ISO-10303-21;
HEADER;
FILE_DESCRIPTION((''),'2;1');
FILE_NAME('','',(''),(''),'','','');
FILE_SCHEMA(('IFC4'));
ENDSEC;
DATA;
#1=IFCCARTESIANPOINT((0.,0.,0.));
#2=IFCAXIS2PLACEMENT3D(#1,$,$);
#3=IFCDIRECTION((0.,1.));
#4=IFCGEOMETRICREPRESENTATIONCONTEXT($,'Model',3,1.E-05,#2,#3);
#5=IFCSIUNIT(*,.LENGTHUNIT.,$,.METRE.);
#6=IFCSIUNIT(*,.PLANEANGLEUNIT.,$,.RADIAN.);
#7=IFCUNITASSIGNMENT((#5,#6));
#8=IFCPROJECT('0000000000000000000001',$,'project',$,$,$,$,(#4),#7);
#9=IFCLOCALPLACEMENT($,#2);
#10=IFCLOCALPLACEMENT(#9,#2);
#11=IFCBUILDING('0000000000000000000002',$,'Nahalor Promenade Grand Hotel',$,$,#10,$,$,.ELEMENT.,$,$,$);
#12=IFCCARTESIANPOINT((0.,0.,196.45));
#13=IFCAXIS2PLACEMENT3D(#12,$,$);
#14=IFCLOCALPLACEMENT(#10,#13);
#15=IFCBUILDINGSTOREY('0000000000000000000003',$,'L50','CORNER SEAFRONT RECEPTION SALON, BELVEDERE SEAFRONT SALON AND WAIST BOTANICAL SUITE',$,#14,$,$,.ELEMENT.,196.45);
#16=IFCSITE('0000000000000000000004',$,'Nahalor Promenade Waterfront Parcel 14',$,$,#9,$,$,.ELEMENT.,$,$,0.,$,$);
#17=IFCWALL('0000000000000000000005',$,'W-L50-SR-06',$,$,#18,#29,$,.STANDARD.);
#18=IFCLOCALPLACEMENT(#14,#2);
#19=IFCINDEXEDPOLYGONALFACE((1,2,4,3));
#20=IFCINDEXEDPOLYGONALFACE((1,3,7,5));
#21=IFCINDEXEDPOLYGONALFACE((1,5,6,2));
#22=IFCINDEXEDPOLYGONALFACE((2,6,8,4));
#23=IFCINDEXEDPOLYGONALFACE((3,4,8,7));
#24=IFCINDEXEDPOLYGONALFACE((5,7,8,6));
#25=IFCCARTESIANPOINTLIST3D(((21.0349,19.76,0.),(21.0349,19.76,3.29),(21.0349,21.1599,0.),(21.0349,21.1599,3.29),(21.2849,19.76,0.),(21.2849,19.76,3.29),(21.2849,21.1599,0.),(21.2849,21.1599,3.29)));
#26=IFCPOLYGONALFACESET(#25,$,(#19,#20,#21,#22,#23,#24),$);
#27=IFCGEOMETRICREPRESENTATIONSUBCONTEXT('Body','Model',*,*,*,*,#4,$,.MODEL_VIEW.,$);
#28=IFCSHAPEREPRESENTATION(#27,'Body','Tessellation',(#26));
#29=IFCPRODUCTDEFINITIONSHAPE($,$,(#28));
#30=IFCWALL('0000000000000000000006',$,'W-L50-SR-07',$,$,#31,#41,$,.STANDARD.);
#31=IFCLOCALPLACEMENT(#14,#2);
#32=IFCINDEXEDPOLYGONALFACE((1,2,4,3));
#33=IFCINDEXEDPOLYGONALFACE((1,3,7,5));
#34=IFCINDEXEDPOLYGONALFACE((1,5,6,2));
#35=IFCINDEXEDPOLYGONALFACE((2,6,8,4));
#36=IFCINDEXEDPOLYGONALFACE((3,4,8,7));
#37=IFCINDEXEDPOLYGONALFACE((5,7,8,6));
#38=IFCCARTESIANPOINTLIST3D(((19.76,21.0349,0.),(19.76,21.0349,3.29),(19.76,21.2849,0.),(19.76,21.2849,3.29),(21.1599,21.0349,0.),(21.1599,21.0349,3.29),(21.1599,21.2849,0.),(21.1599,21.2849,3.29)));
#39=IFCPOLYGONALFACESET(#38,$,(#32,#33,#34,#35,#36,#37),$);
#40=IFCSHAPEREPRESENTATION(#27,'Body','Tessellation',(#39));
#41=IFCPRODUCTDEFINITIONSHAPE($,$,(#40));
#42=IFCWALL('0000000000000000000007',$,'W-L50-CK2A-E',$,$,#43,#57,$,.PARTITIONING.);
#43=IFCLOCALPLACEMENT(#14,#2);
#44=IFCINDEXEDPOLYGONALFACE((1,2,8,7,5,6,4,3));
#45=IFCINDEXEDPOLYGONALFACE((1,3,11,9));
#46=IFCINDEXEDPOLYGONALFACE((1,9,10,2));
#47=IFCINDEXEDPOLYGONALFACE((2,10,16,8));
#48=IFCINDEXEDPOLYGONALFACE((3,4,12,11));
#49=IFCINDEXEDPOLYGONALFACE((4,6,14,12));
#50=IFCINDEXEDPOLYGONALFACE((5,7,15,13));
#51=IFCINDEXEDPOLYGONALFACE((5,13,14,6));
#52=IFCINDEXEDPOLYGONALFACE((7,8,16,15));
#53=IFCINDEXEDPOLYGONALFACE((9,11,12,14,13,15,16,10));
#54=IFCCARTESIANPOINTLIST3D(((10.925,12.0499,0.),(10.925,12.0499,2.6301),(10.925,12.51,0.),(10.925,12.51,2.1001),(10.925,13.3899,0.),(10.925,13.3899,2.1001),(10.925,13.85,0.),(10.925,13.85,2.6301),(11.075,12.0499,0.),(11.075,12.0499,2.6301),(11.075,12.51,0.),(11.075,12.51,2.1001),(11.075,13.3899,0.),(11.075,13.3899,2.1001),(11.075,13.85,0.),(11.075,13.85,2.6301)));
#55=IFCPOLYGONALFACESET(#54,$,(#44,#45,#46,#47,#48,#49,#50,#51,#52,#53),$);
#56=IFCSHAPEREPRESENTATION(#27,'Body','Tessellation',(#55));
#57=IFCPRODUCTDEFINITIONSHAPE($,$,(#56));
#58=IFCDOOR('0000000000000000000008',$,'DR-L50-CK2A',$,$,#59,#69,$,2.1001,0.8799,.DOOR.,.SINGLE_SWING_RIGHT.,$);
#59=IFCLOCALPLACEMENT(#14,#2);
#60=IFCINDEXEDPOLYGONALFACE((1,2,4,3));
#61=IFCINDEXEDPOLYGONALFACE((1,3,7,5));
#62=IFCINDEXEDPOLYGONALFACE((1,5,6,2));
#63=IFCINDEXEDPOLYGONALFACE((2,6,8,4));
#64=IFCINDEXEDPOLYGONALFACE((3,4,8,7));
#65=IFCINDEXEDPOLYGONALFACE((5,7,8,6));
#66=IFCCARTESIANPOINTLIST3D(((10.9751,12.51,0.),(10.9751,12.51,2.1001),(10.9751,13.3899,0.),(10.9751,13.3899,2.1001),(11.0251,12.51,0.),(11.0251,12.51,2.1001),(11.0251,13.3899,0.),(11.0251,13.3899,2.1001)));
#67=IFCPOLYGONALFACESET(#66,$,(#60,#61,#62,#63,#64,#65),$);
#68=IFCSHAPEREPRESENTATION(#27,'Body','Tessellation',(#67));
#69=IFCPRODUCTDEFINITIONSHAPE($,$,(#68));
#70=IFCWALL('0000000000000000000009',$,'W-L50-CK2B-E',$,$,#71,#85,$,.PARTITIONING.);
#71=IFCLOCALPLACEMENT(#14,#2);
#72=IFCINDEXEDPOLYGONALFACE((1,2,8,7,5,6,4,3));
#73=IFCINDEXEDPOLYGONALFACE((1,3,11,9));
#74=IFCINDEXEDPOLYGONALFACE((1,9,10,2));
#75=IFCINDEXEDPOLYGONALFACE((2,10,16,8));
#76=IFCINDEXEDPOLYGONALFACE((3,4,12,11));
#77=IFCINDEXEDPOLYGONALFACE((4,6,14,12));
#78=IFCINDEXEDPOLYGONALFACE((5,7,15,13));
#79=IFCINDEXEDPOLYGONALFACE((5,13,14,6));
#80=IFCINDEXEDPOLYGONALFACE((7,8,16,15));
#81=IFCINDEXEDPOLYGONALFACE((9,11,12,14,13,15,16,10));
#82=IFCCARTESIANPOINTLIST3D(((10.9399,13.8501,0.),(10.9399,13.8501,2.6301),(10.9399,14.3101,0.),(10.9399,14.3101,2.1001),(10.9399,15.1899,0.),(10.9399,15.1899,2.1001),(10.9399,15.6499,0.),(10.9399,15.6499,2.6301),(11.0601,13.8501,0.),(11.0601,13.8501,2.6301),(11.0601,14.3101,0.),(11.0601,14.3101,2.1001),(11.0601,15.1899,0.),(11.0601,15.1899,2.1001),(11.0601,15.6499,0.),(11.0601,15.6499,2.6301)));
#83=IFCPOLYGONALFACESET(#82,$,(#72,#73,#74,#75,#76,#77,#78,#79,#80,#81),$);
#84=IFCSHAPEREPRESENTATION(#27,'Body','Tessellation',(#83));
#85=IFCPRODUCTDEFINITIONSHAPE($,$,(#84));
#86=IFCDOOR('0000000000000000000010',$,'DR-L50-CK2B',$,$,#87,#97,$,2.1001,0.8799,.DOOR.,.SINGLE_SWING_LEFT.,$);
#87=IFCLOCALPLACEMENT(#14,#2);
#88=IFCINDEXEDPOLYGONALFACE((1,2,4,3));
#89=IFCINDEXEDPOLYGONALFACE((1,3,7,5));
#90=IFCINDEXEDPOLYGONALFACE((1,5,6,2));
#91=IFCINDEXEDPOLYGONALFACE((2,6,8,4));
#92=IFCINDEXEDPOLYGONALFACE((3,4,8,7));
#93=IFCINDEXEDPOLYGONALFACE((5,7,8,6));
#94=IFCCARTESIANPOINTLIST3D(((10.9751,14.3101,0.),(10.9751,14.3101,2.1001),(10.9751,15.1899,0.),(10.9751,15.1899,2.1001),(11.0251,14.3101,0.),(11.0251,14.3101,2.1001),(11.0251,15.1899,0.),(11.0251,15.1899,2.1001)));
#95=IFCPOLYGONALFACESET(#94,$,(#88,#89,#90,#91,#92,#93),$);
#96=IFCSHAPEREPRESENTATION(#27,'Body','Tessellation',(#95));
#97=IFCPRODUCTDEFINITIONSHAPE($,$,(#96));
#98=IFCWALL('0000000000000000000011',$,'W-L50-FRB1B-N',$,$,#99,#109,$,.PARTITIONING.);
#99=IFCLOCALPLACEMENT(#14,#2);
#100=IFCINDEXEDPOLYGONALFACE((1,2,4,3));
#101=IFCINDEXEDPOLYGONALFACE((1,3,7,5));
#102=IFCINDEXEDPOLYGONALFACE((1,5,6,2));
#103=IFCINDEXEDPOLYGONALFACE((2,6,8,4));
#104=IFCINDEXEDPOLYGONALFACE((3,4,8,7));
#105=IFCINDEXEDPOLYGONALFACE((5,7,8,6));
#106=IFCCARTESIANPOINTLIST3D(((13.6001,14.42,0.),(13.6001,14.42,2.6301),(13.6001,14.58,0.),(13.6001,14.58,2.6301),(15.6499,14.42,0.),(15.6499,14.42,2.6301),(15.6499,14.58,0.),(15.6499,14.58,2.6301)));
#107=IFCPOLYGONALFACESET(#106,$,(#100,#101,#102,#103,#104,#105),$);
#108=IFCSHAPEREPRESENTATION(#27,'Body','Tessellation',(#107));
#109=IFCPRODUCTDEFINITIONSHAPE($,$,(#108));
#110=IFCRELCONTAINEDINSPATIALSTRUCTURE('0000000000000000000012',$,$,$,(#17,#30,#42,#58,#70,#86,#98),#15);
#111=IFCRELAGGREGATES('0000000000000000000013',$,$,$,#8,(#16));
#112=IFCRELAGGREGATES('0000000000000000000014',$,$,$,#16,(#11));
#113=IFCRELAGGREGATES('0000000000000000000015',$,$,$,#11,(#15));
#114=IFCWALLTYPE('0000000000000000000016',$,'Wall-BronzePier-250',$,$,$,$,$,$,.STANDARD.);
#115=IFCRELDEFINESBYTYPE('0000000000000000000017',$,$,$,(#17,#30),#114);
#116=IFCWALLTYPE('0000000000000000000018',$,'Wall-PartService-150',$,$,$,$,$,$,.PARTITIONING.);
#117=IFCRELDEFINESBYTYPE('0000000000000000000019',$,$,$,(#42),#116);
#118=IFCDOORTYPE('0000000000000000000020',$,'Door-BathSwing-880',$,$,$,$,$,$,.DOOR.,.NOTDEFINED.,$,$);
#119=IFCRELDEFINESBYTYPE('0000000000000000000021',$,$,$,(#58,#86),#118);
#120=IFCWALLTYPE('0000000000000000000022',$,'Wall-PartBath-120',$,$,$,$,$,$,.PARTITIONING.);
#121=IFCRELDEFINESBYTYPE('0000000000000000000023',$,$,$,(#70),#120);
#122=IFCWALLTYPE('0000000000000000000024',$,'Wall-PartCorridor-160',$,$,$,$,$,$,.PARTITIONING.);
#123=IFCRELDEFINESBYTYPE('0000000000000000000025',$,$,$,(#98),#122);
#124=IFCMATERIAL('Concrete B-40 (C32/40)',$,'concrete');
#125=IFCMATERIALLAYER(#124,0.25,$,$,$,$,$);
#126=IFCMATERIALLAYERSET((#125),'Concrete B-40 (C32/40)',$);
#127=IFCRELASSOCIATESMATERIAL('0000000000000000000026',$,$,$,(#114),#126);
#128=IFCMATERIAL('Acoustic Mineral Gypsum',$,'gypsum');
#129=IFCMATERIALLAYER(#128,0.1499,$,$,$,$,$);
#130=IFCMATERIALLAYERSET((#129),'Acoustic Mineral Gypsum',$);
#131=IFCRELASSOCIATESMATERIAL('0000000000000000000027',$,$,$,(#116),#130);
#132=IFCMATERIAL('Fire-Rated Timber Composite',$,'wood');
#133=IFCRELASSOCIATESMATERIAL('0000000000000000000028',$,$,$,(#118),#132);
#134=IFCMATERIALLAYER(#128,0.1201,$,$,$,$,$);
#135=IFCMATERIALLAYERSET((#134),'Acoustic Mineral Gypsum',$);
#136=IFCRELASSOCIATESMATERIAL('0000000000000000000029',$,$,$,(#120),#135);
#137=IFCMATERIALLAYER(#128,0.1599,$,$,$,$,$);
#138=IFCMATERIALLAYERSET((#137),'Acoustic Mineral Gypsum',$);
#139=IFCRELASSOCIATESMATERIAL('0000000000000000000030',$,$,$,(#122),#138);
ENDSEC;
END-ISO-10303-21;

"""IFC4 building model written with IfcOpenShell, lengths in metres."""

from ifc_helpers import new_model, si_unit, direction, frame, frame_2d, origin, place, context, subcontext, project, spatial, rectangle, extrude, source, transform, mapped, material, layer, layer_set, type_object, element, fill, save


model = new_model("IFC4")

# Units and contexts
model_context = context("Model", 3, precision=1e-05, world=origin(), true_north=direction((0.0, 1.0)))
body_context = subcontext(model_context, "Body", "Model", "MODEL_VIEW")
ifc_project = project(units=[si_unit("LENGTHUNIT", "METRE"), si_unit("PLANEANGLEUNIT", "RADIAN")], contexts=[model_context])

# Site, building, storey
site_placement = place(None, origin())
site = spatial("IfcSite", under=ifc_project, at=site_placement, Name="Nahalor Promenade Waterfront Parcel 14", CompositionType="ELEMENT", RefElevation=0.0)
building_placement = place(site_placement, origin())
building = spatial("IfcBuilding", under=site, at=building_placement, Name="Nahalor Promenade Grand Hotel", CompositionType="ELEMENT")
storey_placement = place(building_placement, frame((0.0, 0.0, 196.45)))
storey = spatial("IfcBuildingStorey", under=building, at=storey_placement, Name="L50", Description="CORNER SEAFRONT RECEPTION SALON, BELVEDERE SEAFRONT SALON AND WAIST BOTANICAL SUITE", CompositionType="ELEMENT", Elevation=196.45)

# Walls
ifc_material_1 = material(Name="Concrete B-40 (C32/40)", Category="concrete")
ifc_layer_1 = layer(ifc_material_1, 0.25)
ifc_layer_set_1 = layer_set([ifc_layer_1], Name="Concrete B-40 (C32/40)")
wall_type_1 = type_object("IfcWallType", Name="Wall-BronzePier-250", PredefinedType="STANDARD", material=ifc_layer_set_1)
shared_shape_1 = source(origin(), body_context, "Body", "SweptSolid", [
    extrude(rectangle(XDim=1.3999, YDim=0.25, at=frame_2d((0.7, 0.0))), origin(), (0.0, 0.0, 1.0), 3.29),
])
for number, where, z_axis, x_axis, name in (
    (1, (21.1599, 19.76, 0.0), (0.0, 0.0, 1.0), (0.0, 1.0, 0.0), "W-L50-SR-06"),
    (2, (19.76, 21.1599, 0.0), (0.0, 0.0, 1.0), (1.0, 0.0, 0.0), "W-L50-SR-07"),
):
    element("IfcWall", number, at=place(storey_placement, frame(where, z_axis=z_axis, x_axis=x_axis)), inside=storey, type_object=wall_type_1, Name=name, PredefinedType="STANDARD", context=body_context, shape_type="MappedRepresentation", body=[
        mapped(shared_shape_1, transform((0.0, 0.0, 0.0), scale=1.0)),
    ])

# Walls, openings, doors
ifc_material_2 = material(Name="Acoustic Mineral Gypsum", Category="gypsum")
ifc_layer_2 = layer(ifc_material_2, 0.1499)
ifc_layer_set_2 = layer_set([ifc_layer_2], Name="Acoustic Mineral Gypsum")
wall_type_2 = type_object("IfcWallType", Name="Wall-PartService-150", PredefinedType="PARTITIONING", material=ifc_layer_set_2)
shared_shape_2 = source(origin(), body_context, "Body", "SweptSolid", [
    extrude(rectangle(XDim=1.8, YDim=0.1499, at=frame_2d((0.8999, 0.0))), origin(), (0.0, 0.0, 1.0), 2.6301),
])
wall_1_placement = place(storey_placement, frame((11.0, 12.05, 0.0), z_axis=(0.0, 0.0, 1.0), x_axis=(0.0, 1.0, 0.0)))
wall_1 = element("IfcWall", 3, at=wall_1_placement, inside=storey, type_object=wall_type_2, Name="W-L50-CK2A-E", PredefinedType="PARTITIONING", context=body_context, shape_type="MappedRepresentation", body=[
    mapped(shared_shape_2, transform((0.0, 0.0, 0.0), scale=1.0)),
])
opening_1_placement = place(wall_1_placement, frame((0.46, 0.0, 0.0)))
opening_1 = element("IfcOpeningElement", 4, at=opening_1_placement, cuts=wall_1, PredefinedType="OPENING", context=body_context, shape_type="SweptSolid", body=[
    extrude(rectangle(XDim=0.8799, YDim=2.1001, at=frame_2d((0.4399, 1.05))), frame((0.0, 0.085, 0.0), z_axis=(0.0, -1.0, 0.0), x_axis=(1.0, 0.0, 0.0)), (0.0, 0.0, 1.0), 0.1699),
])
ifc_material_3 = material(Name="Fire-Rated Timber Composite", Category="wood")
door_type_1 = type_object("IfcDoorType", Name="Door-BathSwing-880", OperationType="NOTDEFINED", PredefinedType="DOOR", material=ifc_material_3)
shared_shape_3 = source(origin(), body_context, "Body", "SweptSolid", [
    extrude(rectangle(XDim=0.8799, YDim=2.1001, at=frame_2d((0.4399, 1.05))), frame((0.0, 0.0249, 0.0), z_axis=(0.0, -1.0, 0.0), x_axis=(1.0, 0.0, 0.0)), (0.0, 0.0, 1.0), 0.05),
])
door_1_placement = place(opening_1_placement, origin())
door_1 = element("IfcDoor", 5, at=door_1_placement, inside=storey, type_object=door_type_1, Name="DR-L50-CK2A", OperationType="SINGLE_SWING_RIGHT", OverallHeight=2.1001, OverallWidth=0.8799, PredefinedType="DOOR", context=body_context, shape_type="MappedRepresentation", body=[
    mapped(shared_shape_3, transform((0.0, 0.0, 0.0), scale=1.0)),
])
fill(opening_1, door_1)
ifc_layer_3 = layer(ifc_material_2, 0.1201)
ifc_layer_set_3 = layer_set([ifc_layer_3], Name="Acoustic Mineral Gypsum")
wall_type_3 = type_object("IfcWallType", Name="Wall-PartBath-120", PredefinedType="PARTITIONING", material=ifc_layer_set_3)
shared_shape_4 = source(origin(), body_context, "Body", "SweptSolid", [
    extrude(rectangle(XDim=1.7998, YDim=0.1201, at=frame_2d((0.8999, 0.0))), origin(), (0.0, 0.0, 1.0), 2.6301),
])
wall_2_placement = place(storey_placement, frame((11.0, 13.8501, 0.0), z_axis=(0.0, 0.0, 1.0), x_axis=(0.0, 1.0, 0.0)))
wall_2 = element("IfcWall", 6, at=wall_2_placement, inside=storey, type_object=wall_type_3, Name="W-L50-CK2B-E", PredefinedType="PARTITIONING", context=body_context, shape_type="MappedRepresentation", body=[
    mapped(shared_shape_4, transform((0.0, 0.0, 0.0), scale=1.0)),
])
opening_2_placement = place(wall_2_placement, frame((0.46, 0.0, 0.0)))
opening_2 = element("IfcOpeningElement", 7, at=opening_2_placement, cuts=wall_2, PredefinedType="OPENING", context=body_context, shape_type="SweptSolid", body=[
    extrude(rectangle(XDim=0.8799, YDim=2.1001, at=frame_2d((0.4399, 1.05))), frame((0.0, 0.0701, 0.0), z_axis=(0.0, -1.0, 0.0), x_axis=(1.0, 0.0, 0.0)), (0.0, 0.0, 1.0), 0.1401),
])
door_2_placement = place(opening_2_placement, origin())
door_2 = element("IfcDoor", 8, at=door_2_placement, inside=storey, type_object=door_type_1, Name="DR-L50-CK2B", OperationType="SINGLE_SWING_LEFT", OverallHeight=2.1001, OverallWidth=0.8799, PredefinedType="DOOR", context=body_context, shape_type="MappedRepresentation", body=[
    mapped(shared_shape_3, transform((0.0, 0.0, 0.0), scale=1.0)),
])
fill(opening_2, door_2)

# Wall
ifc_layer_4 = layer(ifc_material_2, 0.1599)
ifc_layer_set_4 = layer_set([ifc_layer_4], Name="Acoustic Mineral Gypsum")
wall_type_4 = type_object("IfcWallType", Name="Wall-PartCorridor-160", PredefinedType="PARTITIONING", material=ifc_layer_set_4)
shared_shape_5 = source(origin(), body_context, "Body", "SweptSolid", [
    extrude(rectangle(XDim=2.0498, YDim=0.1599, at=frame_2d((1.0249, 0.0))), origin(), (0.0, 0.0, 1.0), 2.6301),
])
wall_3_placement = place(storey_placement, frame((13.6001, 14.5, 0.0), z_axis=(0.0, 0.0, 1.0), x_axis=(1.0, 0.0, 0.0)))
element("IfcWall", 9, at=wall_3_placement, inside=storey, type_object=wall_type_4, Name="W-L50-FRB1B-N", PredefinedType="PARTITIONING", context=body_context, shape_type="MappedRepresentation", body=[
    mapped(shared_shape_5, transform((0.0, 0.0, 0.0), scale=1.0)),
])

save(model, "model.ifc")
